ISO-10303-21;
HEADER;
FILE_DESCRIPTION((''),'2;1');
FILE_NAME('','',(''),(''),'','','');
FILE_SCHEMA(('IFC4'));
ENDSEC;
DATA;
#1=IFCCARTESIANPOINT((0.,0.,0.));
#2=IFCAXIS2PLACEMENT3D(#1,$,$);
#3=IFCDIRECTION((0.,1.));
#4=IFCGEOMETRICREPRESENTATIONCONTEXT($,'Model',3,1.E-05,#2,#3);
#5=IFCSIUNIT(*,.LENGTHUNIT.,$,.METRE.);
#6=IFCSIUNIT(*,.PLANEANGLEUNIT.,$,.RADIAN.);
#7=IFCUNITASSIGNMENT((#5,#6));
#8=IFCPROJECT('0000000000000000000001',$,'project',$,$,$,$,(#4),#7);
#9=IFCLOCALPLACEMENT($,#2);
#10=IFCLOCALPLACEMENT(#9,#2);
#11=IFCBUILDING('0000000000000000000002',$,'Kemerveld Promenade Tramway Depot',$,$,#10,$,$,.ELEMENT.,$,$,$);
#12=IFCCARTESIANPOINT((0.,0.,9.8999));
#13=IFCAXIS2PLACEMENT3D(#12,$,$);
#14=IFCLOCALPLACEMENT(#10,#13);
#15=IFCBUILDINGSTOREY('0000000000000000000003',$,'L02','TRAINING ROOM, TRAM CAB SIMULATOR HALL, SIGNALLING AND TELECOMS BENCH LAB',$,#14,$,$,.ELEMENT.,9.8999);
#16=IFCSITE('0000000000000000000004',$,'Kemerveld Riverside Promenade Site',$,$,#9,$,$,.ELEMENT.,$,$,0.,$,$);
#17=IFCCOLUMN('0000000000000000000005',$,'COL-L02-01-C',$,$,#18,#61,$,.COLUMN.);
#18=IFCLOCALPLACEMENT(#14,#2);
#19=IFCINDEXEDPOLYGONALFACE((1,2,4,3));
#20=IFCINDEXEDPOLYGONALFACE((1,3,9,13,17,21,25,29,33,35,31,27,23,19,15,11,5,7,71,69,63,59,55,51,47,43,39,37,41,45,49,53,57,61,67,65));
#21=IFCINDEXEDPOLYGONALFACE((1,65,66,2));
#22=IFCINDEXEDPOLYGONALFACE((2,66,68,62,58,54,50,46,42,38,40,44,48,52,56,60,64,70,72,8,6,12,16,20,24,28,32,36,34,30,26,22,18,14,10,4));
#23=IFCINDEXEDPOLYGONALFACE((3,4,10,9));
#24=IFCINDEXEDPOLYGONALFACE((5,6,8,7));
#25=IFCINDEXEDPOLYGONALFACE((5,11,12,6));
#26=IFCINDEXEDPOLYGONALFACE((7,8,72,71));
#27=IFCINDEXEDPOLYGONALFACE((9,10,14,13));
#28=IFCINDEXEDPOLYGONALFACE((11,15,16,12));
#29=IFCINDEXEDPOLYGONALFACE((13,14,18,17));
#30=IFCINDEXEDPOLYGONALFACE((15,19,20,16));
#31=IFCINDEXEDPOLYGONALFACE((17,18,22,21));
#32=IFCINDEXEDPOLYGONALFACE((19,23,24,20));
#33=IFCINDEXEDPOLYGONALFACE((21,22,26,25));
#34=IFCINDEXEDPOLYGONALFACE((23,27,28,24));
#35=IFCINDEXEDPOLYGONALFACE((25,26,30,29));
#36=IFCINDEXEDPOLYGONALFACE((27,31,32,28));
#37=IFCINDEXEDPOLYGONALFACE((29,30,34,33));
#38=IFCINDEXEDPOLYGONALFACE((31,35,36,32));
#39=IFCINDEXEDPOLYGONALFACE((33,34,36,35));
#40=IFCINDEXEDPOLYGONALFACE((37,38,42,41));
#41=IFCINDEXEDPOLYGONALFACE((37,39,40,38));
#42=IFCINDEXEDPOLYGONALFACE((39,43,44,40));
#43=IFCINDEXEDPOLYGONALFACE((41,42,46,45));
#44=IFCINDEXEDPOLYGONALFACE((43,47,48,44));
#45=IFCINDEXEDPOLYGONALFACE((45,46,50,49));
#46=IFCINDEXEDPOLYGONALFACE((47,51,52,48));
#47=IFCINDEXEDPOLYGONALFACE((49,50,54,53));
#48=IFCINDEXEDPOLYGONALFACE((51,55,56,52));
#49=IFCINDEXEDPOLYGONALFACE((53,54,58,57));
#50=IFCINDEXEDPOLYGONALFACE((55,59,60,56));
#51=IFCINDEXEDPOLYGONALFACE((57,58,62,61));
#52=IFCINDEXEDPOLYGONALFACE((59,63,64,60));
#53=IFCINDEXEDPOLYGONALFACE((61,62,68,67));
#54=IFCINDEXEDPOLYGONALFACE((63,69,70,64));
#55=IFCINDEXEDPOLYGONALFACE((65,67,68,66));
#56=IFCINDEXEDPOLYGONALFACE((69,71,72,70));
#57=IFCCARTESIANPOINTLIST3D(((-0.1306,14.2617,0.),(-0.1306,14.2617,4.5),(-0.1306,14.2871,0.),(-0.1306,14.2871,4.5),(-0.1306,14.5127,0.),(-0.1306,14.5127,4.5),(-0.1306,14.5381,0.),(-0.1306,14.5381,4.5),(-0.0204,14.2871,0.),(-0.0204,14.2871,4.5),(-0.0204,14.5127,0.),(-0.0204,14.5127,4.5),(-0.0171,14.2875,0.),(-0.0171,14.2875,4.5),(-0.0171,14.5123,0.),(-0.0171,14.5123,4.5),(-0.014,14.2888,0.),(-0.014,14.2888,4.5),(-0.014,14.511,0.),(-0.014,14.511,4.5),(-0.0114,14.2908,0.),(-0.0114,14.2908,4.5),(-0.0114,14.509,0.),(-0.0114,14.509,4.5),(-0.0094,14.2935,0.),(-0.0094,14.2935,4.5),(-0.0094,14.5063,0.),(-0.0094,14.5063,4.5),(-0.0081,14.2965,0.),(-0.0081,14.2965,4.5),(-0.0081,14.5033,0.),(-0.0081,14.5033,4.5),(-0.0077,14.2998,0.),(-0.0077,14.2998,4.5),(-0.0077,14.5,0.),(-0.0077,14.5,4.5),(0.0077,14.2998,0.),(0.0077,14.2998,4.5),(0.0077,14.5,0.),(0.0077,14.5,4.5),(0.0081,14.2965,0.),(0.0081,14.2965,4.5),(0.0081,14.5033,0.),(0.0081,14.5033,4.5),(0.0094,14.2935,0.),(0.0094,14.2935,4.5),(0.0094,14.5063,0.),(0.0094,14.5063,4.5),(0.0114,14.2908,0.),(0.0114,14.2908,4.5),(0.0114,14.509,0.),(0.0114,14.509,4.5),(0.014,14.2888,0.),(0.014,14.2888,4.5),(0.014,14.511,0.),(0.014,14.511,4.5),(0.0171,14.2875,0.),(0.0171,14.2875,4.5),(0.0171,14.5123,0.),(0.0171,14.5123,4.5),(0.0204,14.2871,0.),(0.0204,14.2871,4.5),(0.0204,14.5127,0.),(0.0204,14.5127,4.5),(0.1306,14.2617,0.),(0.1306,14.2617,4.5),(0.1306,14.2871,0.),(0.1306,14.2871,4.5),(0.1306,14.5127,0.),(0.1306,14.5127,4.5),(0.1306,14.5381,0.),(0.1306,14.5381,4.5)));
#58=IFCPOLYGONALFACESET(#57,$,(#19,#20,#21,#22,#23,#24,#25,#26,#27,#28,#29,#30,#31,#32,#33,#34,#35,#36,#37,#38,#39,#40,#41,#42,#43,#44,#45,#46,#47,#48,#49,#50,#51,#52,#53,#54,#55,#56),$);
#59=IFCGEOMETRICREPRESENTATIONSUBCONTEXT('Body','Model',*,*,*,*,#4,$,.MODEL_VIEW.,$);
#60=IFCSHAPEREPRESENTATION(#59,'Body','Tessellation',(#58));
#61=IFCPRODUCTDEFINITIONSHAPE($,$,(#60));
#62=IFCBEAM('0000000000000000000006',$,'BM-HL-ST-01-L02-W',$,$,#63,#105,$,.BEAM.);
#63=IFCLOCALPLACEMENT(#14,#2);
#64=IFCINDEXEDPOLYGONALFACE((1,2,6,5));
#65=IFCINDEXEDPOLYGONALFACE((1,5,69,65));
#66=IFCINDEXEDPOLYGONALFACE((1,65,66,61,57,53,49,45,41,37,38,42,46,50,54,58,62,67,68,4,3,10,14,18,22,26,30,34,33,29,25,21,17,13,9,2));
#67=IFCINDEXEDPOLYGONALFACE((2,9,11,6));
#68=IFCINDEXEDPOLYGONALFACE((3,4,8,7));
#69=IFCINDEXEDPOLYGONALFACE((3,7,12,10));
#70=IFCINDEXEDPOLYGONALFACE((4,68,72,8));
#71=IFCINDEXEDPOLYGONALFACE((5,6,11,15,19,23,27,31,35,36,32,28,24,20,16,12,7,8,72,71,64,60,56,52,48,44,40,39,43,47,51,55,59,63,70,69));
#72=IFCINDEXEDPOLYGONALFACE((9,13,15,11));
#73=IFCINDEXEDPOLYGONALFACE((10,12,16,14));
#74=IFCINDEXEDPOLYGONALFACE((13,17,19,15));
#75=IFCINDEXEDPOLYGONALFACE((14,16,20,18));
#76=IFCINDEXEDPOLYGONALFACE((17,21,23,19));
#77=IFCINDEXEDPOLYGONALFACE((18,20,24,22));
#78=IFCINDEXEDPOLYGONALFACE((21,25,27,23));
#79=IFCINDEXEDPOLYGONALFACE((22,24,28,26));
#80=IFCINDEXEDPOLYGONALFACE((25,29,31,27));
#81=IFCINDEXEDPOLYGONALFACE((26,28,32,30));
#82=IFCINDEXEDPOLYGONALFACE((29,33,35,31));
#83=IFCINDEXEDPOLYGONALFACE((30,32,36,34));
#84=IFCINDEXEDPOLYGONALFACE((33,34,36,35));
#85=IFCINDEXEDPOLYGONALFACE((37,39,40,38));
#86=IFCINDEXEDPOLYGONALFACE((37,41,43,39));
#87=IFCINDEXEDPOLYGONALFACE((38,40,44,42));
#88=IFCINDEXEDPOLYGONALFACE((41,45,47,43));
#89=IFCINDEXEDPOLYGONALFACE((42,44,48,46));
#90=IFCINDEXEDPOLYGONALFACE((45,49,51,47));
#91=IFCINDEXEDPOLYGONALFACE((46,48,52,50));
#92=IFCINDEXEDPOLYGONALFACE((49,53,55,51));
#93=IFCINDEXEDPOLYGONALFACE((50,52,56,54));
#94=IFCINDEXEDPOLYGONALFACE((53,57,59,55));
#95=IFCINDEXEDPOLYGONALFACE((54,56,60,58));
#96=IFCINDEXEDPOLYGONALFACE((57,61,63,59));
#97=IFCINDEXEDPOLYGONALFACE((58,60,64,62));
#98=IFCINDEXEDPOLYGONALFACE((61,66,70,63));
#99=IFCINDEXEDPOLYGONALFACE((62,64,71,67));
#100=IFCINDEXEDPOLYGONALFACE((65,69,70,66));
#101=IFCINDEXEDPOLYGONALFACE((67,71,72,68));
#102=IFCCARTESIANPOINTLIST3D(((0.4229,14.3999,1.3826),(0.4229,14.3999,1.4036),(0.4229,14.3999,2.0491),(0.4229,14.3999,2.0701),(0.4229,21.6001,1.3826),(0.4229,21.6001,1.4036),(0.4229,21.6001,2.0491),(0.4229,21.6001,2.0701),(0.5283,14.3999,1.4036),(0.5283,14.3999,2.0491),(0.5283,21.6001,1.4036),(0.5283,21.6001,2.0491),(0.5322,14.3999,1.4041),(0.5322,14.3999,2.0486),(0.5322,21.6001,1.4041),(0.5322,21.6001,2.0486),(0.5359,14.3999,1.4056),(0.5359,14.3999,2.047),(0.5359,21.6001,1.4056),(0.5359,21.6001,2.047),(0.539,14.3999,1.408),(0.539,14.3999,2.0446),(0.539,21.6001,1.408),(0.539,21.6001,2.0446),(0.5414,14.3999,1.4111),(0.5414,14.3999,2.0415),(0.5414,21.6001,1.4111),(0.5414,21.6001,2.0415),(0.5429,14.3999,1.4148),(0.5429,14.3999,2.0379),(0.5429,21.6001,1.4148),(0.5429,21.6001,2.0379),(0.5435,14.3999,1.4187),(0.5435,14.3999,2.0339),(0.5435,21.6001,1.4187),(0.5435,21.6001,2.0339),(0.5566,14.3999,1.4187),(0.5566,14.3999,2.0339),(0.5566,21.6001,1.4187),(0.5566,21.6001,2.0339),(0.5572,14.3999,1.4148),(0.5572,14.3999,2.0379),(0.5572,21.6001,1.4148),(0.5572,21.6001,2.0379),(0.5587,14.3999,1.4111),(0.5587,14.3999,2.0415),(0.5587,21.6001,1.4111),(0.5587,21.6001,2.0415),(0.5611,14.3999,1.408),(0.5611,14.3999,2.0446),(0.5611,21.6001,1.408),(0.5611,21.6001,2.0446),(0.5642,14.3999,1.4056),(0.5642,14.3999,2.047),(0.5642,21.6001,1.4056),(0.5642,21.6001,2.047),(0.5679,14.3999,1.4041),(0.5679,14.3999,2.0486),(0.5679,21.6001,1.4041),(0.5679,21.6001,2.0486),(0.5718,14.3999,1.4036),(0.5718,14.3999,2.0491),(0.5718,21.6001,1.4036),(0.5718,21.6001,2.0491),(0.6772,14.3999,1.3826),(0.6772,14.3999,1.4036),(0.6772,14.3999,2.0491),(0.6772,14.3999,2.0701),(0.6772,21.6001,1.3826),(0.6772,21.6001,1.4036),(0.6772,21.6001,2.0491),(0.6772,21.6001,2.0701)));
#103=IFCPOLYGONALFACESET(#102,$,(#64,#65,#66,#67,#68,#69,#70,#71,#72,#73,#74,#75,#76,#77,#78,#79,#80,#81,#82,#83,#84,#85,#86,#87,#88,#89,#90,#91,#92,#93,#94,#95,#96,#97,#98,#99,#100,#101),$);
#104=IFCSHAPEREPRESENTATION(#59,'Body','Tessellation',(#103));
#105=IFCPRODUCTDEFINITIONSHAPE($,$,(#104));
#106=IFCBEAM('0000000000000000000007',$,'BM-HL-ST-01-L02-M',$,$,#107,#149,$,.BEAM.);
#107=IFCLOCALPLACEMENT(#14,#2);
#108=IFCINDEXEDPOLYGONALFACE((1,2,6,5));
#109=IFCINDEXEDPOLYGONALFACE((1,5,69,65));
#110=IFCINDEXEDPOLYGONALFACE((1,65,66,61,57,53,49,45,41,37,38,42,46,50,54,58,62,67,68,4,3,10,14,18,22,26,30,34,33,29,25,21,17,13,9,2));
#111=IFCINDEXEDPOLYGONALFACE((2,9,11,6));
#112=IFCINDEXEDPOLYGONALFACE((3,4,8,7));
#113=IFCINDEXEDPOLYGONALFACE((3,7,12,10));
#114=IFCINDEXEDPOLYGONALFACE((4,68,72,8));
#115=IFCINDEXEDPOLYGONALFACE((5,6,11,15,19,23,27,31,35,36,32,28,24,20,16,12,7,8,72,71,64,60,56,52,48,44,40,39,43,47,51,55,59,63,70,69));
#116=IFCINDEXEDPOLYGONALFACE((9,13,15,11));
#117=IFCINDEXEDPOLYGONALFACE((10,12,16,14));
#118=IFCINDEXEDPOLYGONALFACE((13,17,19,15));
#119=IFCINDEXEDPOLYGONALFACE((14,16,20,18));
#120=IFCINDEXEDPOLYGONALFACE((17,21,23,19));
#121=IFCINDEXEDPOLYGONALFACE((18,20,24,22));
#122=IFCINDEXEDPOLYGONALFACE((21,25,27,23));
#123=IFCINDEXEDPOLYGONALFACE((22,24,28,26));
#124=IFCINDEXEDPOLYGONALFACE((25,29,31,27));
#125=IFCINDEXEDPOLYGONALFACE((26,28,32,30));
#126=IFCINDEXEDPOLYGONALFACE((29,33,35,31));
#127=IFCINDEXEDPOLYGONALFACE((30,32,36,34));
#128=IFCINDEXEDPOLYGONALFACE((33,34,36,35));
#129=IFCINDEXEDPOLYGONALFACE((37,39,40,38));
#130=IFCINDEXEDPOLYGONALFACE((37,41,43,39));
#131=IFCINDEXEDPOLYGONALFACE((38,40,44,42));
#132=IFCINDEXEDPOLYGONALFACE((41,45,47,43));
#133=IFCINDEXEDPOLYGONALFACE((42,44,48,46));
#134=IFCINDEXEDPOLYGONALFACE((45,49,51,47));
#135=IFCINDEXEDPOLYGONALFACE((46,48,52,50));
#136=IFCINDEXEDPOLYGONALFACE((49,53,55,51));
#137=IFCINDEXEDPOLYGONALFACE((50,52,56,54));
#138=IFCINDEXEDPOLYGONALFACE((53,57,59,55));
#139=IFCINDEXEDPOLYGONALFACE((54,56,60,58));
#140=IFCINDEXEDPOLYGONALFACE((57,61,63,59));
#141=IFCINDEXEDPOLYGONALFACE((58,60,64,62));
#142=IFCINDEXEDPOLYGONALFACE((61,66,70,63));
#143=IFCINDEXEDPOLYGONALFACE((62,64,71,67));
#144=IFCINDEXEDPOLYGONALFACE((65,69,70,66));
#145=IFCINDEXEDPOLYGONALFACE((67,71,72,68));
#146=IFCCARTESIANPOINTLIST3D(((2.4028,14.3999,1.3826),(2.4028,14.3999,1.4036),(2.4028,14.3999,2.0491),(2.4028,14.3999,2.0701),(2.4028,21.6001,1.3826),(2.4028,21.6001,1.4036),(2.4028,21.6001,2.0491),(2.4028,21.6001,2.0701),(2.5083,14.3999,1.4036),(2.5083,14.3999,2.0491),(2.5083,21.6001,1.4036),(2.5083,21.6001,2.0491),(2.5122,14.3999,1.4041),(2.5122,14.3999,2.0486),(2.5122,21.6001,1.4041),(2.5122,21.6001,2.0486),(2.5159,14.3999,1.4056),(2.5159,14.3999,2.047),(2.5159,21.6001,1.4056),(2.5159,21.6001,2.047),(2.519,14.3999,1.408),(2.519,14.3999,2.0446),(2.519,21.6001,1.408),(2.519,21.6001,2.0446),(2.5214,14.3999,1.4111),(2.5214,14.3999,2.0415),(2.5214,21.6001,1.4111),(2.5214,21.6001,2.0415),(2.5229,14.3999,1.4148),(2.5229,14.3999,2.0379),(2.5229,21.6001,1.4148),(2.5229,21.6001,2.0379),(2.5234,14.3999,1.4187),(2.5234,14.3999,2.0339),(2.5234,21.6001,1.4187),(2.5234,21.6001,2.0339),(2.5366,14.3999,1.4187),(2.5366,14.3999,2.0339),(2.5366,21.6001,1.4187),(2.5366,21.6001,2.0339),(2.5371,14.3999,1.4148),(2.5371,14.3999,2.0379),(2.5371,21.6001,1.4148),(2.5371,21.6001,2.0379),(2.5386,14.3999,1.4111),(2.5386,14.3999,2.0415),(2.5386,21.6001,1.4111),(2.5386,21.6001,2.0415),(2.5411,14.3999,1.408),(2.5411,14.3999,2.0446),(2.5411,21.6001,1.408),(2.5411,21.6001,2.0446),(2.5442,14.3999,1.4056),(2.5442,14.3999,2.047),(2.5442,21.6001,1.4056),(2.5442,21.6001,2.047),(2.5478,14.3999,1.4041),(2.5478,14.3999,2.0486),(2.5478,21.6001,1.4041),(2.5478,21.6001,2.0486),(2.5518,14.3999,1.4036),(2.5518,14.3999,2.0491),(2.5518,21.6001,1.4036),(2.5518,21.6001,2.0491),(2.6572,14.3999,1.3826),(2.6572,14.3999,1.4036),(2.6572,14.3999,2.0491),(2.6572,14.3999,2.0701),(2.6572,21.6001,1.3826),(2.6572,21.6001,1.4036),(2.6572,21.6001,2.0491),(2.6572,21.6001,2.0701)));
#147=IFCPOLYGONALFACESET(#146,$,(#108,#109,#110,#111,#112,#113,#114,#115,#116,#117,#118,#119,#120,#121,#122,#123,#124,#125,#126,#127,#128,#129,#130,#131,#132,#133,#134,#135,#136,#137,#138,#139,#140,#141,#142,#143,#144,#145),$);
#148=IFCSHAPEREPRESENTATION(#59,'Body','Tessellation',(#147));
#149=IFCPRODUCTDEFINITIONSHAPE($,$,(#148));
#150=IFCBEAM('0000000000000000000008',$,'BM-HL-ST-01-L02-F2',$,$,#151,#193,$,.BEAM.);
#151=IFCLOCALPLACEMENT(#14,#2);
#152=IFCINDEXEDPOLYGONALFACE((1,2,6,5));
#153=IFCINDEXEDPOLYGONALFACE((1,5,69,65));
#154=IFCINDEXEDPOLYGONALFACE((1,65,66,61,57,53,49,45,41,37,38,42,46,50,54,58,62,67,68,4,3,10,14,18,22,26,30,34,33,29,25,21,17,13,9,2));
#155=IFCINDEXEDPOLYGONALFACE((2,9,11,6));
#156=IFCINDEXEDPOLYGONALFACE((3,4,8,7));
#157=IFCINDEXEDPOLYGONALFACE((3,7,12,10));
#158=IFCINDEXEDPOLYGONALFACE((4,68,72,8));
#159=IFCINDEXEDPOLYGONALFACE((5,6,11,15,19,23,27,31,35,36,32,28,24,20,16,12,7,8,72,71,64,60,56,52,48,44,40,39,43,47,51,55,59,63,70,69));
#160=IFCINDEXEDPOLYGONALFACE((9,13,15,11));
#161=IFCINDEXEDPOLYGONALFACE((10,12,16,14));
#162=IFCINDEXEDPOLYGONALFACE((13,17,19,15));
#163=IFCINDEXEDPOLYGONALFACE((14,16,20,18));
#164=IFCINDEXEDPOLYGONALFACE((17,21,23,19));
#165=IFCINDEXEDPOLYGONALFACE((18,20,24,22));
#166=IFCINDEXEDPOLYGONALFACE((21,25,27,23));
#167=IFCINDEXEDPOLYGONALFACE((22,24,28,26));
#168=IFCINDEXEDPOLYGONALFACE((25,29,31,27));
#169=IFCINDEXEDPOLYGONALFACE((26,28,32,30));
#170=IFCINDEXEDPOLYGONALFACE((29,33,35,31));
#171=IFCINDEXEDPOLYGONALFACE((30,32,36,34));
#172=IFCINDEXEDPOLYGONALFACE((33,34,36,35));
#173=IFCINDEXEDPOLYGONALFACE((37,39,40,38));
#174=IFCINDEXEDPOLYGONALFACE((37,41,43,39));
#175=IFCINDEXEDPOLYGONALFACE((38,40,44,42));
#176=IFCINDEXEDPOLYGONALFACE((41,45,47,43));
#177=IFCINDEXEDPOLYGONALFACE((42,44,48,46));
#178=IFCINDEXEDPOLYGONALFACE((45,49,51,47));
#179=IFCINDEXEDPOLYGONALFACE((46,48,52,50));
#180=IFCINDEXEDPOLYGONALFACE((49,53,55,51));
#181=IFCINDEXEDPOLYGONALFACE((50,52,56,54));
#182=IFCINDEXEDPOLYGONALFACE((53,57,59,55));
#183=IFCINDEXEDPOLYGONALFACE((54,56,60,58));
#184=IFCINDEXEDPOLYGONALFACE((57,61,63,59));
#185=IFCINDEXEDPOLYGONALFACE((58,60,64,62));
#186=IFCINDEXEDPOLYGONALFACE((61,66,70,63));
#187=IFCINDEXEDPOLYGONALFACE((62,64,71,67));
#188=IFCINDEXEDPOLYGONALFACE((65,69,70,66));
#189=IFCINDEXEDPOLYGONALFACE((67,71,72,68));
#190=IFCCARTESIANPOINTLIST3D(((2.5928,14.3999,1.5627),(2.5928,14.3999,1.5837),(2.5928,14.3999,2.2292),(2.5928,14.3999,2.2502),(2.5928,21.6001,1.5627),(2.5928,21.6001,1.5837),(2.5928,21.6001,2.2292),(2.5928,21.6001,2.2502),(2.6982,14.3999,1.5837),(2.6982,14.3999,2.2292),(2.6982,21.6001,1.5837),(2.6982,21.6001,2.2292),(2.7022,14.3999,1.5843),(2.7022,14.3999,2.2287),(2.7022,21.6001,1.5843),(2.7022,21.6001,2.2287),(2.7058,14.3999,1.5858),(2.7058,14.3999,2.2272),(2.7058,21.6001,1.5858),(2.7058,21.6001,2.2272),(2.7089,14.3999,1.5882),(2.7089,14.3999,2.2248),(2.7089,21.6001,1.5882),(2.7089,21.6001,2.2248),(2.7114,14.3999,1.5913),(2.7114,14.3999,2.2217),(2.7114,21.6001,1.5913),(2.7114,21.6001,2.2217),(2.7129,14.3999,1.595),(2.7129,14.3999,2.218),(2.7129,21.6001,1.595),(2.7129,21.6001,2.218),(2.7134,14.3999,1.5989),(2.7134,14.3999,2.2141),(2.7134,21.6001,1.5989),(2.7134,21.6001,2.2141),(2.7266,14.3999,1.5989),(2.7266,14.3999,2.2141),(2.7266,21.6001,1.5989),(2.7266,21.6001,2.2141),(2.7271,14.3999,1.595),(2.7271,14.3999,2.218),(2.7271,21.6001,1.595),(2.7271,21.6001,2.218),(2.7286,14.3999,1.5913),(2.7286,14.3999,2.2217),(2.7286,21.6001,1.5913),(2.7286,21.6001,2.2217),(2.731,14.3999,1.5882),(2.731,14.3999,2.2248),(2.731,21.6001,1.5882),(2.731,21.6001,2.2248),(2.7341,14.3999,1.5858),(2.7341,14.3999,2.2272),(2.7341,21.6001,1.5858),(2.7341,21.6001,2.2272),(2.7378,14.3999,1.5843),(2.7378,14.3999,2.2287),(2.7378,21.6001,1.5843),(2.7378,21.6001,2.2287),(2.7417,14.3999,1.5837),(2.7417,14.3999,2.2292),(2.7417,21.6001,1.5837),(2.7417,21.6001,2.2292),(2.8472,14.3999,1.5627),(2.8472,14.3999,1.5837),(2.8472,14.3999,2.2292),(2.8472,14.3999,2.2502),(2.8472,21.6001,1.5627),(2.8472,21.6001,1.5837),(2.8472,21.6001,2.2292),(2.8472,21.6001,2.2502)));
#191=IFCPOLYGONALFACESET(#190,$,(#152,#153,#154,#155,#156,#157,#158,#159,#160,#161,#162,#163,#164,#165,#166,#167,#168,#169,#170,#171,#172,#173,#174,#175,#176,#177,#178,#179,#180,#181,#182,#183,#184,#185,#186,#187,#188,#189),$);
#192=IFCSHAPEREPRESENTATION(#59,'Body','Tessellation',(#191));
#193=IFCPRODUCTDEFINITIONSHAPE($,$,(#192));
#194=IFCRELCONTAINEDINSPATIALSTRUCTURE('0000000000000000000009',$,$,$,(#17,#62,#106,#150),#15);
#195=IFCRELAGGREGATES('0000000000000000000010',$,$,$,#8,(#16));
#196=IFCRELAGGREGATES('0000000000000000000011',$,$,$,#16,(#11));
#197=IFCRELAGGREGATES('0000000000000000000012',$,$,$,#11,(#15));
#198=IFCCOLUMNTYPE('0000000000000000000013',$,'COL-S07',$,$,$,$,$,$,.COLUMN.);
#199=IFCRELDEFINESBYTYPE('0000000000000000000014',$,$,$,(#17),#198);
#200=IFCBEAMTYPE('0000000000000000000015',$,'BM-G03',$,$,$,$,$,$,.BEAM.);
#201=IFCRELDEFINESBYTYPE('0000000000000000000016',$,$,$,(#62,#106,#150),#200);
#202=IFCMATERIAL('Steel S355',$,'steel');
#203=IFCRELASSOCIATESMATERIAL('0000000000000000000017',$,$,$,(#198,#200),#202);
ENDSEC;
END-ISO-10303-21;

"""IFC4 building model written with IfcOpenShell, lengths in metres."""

from ifc_helpers import new_model, si_unit, direction, frame, origin, origin_2d, place, context, subcontext, project, spatial, i_section, extrude, material, material_profile, profile_set, type_object, element, save


model = new_model("IFC4")

# Units and contexts
model_context = context("Model", 3, precision=1e-05, world=origin(), true_north=direction((0.0, 1.0)))
body_context = subcontext(model_context, "Body", "Model", "MODEL_VIEW")
ifc_project = project(units=[si_unit("LENGTHUNIT", "METRE"), si_unit("PLANEANGLEUNIT", "RADIAN")], contexts=[model_context])

# Site, building, storey
site_placement = place(None, origin())
site = spatial("IfcSite", under=ifc_project, at=site_placement, Name="Kemerveld Riverside Promenade Site", CompositionType="ELEMENT", RefElevation=0.0)
building_placement = place(site_placement, origin())
building = spatial("IfcBuilding", under=site, at=building_placement, Name="Kemerveld Promenade Tramway Depot", CompositionType="ELEMENT")
storey_placement = place(building_placement, frame((0.0, 0.0, 9.8999)))
storey = spatial("IfcBuildingStorey", under=building, at=storey_placement, Name="L02", Description="TRAINING ROOM, TRAM CAB SIMULATOR HALL, SIGNALLING AND TELECOMS BENCH LAB", CompositionType="ELEMENT", Elevation=9.8999)

# Column
ifc_material_1 = material(Name="Steel S355", Category="steel")
ifc_material_profile_1 = material_profile(ifc_material_1, i_section(OverallWidth=0.2612, OverallDepth=0.2764, WebThickness=0.0154, FlangeThickness=0.0254, FilletRadius=0.0127, at=origin_2d()), Name="254x254x132 UC")
ifc_profile_set_1 = profile_set([ifc_material_profile_1], Name="Steel S355")
column_type = type_object("IfcColumnType", Name="COL-S07", PredefinedType="COLUMN", material=ifc_profile_set_1)
column_placement = place(storey_placement, frame((0.0, 14.3999, 0.0), z_axis=(0.0, 0.0, 1.0), x_axis=(1.0, 0.0, 0.0)))
element("IfcColumn", 1, at=column_placement, inside=storey, type_object=column_type, Name="COL-L02-01-C", PredefinedType="COLUMN", context=body_context, shape_type="SweptSolid", body=[
    extrude(i_section(OverallWidth=0.2612, OverallDepth=0.2764, WebThickness=0.0154, FlangeThickness=0.0254, FilletRadius=0.0127, at=origin_2d()), origin(), (0.0, 0.0, 1.0), 4.5),
])

# Beams
ifc_material_profile_2 = material_profile(ifc_material_1, i_section(OverallWidth=0.2544, OverallDepth=0.6875, WebThickness=0.0132, FlangeThickness=0.021, FilletRadius=0.0151, at=origin_2d()), Name="686x254x152 UB")
ifc_profile_set_2 = profile_set([ifc_material_profile_2], Name="Steel S355")
beam_type_1 = type_object("IfcBeamType", Name="BM-G03", PredefinedType="BEAM", material=ifc_profile_set_2)
for number, where, z_axis, x_axis, name in (
    (2, (0.55, 14.3999, 1.7263), (0.0, 1.0, 0.0), (-1.0, 0.0, 0.0), "BM-HL-ST-01-L02-W"),
    (3, (2.53, 14.3999, 1.7263), (0.0, 1.0, 0.0), (-1.0, 0.0, 0.0), "BM-HL-ST-01-L02-M"),
    (4, (2.72, 14.3999, 1.9065), (0.0, 1.0, 0.0), (-1.0, 0.0, 0.0), "BM-HL-ST-01-L02-F2"),
):
    element("IfcBeam", number, at=place(storey_placement, frame(where, z_axis=z_axis, x_axis=x_axis)), inside=storey, type_object=beam_type_1, Name=name, PredefinedType="BEAM", context=body_context, shape_type="SweptSolid", body=[
        extrude(i_section(OverallWidth=0.2544, OverallDepth=0.6875, WebThickness=0.0132, FlangeThickness=0.021, FilletRadius=0.0151, at=origin_2d()), origin(), (0.0, 0.0, 1.0), 7.2002),
    ])

save(model, "model.ifc")
